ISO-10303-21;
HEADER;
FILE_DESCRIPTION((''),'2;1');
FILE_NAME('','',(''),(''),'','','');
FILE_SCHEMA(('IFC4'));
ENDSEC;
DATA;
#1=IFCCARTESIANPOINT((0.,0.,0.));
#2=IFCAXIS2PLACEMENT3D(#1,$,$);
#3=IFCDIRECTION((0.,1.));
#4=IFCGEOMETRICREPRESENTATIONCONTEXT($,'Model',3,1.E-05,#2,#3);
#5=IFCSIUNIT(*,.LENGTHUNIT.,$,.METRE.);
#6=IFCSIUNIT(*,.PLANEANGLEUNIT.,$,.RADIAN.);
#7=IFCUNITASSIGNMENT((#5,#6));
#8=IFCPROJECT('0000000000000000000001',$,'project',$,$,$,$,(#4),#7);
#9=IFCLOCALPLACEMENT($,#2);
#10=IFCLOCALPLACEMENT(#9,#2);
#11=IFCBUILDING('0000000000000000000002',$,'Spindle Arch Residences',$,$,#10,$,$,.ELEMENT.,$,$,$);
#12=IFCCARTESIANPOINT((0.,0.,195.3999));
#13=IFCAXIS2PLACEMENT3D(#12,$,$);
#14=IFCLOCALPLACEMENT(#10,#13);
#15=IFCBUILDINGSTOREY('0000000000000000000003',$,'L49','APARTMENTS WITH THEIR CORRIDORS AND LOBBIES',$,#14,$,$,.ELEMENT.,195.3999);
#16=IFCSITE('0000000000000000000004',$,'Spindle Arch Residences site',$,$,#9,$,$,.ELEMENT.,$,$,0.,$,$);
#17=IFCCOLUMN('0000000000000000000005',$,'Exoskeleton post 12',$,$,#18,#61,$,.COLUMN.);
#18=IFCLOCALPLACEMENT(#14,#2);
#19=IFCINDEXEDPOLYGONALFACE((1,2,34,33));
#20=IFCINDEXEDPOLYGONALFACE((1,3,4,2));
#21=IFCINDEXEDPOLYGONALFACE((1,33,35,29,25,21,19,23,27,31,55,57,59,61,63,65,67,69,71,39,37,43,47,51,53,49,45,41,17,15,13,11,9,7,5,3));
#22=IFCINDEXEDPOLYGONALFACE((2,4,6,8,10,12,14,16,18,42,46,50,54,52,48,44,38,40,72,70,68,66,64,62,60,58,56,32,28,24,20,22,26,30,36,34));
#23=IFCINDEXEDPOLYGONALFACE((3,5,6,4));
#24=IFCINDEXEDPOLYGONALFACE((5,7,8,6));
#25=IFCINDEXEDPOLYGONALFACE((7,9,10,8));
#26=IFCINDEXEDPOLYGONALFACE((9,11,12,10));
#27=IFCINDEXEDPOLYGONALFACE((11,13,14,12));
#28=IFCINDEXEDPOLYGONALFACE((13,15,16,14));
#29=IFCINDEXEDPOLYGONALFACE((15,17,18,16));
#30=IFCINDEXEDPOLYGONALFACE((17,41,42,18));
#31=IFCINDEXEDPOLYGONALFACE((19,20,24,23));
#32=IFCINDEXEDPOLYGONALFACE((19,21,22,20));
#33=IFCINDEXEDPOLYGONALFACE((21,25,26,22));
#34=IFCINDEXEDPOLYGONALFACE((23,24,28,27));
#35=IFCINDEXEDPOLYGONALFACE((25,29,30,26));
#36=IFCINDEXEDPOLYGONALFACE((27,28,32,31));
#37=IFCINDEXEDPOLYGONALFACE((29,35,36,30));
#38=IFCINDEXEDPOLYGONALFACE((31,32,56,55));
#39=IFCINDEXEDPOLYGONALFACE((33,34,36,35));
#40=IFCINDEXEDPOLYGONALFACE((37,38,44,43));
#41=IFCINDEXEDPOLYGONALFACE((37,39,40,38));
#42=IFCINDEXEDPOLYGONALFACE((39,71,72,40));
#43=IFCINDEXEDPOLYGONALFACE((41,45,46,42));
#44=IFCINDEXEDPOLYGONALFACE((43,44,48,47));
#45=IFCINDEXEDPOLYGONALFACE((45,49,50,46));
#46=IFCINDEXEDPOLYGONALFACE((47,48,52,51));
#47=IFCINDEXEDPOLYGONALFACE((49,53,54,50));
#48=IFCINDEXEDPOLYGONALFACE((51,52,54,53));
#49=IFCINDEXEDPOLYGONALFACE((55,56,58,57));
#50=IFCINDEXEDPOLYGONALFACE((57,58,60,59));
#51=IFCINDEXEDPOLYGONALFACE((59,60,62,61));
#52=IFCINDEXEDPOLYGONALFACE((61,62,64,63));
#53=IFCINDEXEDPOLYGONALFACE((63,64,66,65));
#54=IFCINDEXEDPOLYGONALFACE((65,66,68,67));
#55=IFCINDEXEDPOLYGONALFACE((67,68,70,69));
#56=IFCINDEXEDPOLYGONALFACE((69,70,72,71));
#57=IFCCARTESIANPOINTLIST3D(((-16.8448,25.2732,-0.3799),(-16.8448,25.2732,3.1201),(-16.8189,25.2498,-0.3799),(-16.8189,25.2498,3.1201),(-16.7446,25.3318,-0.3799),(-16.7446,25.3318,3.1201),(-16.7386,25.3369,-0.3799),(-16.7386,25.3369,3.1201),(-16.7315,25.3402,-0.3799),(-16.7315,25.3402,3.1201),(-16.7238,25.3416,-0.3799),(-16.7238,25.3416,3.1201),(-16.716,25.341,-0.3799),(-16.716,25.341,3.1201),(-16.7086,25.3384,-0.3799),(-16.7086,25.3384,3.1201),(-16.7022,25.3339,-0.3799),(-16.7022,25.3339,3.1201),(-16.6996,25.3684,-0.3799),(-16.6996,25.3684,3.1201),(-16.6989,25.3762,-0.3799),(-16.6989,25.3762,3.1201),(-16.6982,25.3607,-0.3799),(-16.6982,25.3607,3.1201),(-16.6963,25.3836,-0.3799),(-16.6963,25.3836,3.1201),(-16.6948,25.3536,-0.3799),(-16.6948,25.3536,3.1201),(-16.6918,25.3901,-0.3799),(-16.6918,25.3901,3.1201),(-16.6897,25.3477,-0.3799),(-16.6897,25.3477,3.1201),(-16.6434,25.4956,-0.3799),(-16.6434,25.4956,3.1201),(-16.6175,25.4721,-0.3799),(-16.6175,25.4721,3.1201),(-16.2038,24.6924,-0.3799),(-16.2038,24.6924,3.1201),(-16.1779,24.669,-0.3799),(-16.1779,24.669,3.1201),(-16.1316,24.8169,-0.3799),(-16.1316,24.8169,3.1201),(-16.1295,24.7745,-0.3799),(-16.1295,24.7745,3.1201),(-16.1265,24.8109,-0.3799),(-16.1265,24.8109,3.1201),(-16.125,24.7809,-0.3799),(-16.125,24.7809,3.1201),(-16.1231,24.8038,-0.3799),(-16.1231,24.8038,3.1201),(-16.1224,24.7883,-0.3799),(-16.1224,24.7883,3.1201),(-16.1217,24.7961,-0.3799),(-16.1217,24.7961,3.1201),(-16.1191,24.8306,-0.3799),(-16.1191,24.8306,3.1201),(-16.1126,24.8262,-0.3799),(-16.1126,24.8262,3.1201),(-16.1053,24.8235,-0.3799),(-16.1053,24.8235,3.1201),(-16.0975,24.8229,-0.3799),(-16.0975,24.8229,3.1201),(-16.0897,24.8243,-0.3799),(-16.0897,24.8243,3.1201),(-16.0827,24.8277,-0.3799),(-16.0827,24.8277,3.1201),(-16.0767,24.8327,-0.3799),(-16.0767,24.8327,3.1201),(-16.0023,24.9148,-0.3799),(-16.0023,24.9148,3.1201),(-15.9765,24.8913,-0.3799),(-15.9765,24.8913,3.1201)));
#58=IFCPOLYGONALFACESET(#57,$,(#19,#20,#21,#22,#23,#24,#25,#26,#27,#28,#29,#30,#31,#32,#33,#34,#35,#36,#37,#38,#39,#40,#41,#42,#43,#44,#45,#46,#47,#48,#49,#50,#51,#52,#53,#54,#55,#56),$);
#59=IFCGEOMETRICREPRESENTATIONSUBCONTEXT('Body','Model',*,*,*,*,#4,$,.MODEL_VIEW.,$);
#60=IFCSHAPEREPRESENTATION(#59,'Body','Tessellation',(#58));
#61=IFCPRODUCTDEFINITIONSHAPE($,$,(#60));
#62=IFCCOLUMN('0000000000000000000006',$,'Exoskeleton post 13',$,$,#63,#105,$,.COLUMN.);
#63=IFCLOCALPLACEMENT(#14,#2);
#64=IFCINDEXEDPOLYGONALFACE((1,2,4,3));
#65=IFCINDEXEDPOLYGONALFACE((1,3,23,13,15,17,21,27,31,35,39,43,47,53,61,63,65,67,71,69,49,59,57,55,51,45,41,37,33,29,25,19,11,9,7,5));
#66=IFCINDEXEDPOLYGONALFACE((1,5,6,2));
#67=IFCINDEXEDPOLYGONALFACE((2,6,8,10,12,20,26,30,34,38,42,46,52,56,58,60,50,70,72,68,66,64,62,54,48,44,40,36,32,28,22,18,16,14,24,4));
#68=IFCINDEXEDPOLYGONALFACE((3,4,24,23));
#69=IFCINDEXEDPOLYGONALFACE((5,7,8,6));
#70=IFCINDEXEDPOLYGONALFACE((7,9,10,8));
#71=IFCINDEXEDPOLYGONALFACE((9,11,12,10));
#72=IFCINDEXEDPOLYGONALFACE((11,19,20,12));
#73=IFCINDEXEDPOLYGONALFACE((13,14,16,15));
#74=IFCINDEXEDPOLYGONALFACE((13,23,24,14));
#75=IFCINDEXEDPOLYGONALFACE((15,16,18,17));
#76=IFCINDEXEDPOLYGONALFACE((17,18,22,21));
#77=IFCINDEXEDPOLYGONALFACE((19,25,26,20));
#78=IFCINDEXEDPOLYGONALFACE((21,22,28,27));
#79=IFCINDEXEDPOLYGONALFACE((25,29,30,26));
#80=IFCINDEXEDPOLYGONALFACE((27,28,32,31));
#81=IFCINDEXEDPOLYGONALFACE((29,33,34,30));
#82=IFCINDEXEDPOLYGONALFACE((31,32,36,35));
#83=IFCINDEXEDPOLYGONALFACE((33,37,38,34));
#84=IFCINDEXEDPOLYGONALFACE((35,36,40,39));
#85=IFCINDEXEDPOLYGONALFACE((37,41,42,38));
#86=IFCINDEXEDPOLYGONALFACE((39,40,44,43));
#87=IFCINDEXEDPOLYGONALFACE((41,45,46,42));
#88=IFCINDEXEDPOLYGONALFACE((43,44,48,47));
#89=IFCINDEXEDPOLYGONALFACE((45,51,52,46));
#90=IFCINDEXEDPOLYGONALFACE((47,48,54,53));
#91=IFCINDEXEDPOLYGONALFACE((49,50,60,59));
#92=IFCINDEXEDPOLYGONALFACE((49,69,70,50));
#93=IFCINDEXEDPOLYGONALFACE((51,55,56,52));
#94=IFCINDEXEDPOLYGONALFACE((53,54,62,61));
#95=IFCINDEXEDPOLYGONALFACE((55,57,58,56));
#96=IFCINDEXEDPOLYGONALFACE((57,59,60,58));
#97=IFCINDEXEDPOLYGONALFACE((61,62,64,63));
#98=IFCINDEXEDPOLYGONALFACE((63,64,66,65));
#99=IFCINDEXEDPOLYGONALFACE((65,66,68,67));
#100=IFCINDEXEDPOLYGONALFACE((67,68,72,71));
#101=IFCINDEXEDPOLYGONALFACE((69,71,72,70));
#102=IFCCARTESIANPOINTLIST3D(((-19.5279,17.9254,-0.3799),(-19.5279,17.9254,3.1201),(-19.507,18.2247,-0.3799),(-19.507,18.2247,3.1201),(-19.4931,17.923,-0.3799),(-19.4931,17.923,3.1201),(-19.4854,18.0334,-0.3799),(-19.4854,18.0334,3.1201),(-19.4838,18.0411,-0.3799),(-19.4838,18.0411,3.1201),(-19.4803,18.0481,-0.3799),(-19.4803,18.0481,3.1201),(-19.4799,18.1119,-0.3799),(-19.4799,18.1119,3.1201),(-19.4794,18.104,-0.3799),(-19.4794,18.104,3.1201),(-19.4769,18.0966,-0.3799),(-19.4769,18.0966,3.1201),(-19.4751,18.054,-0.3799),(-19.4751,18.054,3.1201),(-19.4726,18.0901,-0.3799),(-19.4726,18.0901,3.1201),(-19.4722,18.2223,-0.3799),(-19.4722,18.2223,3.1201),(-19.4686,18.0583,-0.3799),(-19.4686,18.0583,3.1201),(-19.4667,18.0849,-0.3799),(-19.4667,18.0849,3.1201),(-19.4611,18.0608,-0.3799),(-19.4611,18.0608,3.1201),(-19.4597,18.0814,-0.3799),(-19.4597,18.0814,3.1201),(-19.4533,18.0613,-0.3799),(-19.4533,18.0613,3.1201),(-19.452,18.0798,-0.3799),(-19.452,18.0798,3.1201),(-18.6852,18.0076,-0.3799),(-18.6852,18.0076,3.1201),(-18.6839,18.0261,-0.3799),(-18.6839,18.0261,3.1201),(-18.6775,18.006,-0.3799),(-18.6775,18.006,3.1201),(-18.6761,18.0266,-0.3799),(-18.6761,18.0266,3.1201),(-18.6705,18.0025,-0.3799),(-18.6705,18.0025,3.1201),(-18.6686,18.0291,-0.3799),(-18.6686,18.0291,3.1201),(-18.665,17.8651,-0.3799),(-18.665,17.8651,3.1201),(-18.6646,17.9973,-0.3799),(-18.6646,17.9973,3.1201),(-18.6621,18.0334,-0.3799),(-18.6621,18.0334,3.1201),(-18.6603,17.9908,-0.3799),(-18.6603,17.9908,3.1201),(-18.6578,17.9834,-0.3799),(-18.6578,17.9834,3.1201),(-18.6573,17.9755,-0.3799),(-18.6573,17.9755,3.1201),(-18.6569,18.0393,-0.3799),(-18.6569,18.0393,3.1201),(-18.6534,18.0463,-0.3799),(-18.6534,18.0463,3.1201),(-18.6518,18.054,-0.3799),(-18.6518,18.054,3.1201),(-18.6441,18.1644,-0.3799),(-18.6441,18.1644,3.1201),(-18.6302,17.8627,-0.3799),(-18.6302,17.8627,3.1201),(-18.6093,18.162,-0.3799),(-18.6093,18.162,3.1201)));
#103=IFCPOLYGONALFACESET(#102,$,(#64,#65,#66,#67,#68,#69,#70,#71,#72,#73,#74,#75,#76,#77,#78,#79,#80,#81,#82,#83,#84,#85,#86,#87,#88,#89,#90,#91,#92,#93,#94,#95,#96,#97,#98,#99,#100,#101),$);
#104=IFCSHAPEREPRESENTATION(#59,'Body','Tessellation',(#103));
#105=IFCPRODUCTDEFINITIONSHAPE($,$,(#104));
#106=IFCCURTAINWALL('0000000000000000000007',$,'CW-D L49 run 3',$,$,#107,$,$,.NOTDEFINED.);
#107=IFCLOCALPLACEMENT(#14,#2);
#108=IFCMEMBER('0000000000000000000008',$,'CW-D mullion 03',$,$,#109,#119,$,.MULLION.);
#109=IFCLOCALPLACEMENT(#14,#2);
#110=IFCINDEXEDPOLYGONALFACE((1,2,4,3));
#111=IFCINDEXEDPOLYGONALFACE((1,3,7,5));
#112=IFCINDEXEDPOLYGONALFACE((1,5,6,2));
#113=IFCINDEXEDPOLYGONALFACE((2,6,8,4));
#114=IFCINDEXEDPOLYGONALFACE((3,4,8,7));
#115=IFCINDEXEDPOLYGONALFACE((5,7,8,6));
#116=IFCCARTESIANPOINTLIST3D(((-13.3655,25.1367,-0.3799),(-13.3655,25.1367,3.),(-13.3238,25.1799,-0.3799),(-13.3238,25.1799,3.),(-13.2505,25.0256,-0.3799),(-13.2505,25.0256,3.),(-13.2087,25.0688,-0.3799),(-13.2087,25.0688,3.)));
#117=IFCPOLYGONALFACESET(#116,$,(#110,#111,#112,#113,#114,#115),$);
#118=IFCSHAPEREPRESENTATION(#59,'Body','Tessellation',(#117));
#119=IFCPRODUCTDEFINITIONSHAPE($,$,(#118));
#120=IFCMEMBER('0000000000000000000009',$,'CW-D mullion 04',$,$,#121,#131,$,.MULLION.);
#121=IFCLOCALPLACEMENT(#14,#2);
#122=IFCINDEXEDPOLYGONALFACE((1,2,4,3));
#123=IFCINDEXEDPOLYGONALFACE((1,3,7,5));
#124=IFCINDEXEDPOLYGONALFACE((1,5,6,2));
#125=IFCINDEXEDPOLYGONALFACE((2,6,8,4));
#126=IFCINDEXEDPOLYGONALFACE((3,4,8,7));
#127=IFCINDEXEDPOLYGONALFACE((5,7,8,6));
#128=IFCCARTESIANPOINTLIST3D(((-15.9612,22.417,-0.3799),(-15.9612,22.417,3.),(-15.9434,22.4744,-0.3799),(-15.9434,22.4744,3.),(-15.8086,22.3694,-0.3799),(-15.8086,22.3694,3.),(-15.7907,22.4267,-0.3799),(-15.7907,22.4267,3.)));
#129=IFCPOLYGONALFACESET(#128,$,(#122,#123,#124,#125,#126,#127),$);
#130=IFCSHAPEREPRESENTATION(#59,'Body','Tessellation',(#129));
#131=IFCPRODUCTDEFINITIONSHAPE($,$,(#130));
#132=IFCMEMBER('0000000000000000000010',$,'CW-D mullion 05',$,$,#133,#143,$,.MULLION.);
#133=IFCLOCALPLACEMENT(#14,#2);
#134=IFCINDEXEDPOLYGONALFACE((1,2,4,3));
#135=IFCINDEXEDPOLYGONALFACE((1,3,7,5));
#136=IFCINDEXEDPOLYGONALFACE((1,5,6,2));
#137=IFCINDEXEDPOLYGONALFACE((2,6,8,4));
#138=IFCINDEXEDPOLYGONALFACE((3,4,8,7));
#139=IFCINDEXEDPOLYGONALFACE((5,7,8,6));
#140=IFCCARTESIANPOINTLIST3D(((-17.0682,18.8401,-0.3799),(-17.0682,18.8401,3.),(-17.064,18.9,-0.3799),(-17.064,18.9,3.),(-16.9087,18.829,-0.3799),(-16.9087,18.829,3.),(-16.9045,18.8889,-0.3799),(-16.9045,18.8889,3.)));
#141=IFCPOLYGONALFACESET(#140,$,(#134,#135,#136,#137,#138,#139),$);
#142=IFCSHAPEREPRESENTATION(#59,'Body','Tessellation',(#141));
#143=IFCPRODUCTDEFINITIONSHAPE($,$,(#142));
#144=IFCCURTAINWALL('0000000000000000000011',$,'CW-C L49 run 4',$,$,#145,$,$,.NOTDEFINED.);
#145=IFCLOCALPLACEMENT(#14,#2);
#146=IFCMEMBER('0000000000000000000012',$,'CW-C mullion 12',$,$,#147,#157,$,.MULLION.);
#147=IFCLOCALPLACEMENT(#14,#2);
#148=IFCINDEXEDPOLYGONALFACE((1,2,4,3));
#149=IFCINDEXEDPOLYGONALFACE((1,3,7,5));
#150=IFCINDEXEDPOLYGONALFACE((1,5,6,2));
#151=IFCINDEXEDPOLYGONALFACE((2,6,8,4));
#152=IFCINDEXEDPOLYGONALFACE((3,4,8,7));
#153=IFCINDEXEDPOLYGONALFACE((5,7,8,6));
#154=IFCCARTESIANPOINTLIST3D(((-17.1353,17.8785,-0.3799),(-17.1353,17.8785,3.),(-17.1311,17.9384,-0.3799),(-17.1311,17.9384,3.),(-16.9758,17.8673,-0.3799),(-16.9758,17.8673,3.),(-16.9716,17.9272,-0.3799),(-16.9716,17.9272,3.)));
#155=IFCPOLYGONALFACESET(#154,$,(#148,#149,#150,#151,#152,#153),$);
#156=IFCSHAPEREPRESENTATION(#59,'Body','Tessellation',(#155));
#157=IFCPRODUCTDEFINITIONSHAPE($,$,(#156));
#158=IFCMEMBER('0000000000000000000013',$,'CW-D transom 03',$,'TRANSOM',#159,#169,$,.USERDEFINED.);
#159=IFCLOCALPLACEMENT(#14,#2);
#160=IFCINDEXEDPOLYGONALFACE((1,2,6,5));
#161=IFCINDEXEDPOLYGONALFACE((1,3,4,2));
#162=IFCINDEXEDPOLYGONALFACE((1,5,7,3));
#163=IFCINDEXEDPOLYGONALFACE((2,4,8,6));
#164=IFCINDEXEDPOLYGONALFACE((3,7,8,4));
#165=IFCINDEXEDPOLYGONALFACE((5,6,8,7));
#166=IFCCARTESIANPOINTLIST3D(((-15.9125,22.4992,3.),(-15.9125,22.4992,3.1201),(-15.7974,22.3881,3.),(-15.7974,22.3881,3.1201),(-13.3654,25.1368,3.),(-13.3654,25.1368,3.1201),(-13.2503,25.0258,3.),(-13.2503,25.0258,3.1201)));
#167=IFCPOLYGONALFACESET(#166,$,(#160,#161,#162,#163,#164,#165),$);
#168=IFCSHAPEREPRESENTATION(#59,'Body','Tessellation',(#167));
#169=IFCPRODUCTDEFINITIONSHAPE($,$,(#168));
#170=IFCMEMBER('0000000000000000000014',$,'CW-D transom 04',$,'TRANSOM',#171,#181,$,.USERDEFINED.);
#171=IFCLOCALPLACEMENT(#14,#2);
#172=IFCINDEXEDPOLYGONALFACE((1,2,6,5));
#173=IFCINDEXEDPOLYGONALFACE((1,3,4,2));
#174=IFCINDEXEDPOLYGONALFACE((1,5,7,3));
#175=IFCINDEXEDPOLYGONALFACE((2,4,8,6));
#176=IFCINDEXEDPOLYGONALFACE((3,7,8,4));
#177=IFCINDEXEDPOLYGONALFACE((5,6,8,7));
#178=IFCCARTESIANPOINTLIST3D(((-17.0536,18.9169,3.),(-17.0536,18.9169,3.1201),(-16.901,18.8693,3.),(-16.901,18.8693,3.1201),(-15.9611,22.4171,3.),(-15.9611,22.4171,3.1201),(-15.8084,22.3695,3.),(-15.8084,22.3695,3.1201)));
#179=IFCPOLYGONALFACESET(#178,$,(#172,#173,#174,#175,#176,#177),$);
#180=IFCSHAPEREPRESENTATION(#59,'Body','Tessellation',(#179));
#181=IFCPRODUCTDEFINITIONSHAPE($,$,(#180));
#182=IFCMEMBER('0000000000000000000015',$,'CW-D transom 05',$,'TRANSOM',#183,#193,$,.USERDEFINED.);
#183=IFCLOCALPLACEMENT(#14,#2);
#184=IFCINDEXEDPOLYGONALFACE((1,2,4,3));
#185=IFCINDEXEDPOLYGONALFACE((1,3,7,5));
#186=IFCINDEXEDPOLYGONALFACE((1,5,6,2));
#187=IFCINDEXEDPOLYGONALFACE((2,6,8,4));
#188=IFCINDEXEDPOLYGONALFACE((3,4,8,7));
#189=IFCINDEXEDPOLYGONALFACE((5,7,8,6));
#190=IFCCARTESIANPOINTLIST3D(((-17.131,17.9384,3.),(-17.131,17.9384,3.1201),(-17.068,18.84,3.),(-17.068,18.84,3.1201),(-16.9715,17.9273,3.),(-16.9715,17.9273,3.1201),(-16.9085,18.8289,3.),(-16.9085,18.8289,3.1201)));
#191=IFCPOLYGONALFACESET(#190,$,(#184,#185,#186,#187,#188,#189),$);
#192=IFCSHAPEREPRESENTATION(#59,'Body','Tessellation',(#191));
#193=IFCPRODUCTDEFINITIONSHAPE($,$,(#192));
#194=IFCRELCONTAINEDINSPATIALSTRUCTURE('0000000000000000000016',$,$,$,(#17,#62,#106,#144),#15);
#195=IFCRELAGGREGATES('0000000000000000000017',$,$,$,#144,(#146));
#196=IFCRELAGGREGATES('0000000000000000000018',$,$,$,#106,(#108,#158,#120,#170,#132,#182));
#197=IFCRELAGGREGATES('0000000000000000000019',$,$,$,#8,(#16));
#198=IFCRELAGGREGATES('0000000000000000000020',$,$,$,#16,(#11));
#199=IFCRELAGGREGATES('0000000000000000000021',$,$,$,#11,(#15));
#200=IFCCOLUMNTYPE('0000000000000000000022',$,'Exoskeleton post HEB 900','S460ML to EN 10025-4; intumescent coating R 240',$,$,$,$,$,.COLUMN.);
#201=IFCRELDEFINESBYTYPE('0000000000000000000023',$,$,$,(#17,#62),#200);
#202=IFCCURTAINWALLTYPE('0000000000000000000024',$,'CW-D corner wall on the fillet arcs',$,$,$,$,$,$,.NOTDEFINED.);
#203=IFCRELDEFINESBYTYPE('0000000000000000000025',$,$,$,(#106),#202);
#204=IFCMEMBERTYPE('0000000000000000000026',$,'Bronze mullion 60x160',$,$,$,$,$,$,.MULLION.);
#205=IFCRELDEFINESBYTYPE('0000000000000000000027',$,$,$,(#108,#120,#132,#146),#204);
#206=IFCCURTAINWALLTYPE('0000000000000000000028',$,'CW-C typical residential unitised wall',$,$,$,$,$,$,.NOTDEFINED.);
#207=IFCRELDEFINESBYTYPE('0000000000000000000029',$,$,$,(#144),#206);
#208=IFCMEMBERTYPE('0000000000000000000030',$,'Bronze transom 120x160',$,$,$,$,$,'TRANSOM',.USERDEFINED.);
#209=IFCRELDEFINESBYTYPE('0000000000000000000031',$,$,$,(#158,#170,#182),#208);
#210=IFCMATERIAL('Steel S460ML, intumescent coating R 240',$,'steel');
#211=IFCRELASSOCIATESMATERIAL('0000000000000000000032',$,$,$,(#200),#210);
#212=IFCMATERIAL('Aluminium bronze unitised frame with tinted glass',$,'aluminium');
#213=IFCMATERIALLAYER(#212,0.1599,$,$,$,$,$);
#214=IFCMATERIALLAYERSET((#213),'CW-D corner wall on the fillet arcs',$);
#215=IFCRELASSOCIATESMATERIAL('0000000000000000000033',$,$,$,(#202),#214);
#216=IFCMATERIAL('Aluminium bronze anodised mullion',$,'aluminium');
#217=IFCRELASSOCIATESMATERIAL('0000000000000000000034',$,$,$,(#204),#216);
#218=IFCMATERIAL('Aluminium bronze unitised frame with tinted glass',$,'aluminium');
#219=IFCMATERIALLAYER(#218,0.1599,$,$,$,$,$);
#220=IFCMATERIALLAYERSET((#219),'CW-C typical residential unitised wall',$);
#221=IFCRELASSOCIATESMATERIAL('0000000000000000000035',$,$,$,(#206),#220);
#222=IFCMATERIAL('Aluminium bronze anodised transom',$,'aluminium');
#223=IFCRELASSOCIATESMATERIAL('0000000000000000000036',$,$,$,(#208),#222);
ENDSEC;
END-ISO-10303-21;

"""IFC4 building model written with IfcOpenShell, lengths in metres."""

from ifc_helpers import new_model, si_unit, direction, frame, origin, origin_2d, place, context, subcontext, project, spatial, rectangle, i_section, extrude, material, layer, layer_set, material_profile, profile_set, type_object, element, aggregate, save


model = new_model("IFC4")

# Units and contexts
model_context = context("Model", 3, precision=1e-05, world=origin(), true_north=direction((0.0, 1.0)))
body_context = subcontext(model_context, "Body", "Model", "MODEL_VIEW")
ifc_project = project(units=[si_unit("LENGTHUNIT", "METRE"), si_unit("PLANEANGLEUNIT", "RADIAN")], contexts=[model_context])

# Site, building, storey
site_placement = place(None, origin())
site = spatial("IfcSite", under=ifc_project, at=site_placement, Name="Spindle Arch Residences site", CompositionType="ELEMENT", RefElevation=0.0)
building_placement = place(site_placement, origin())
building = spatial("IfcBuilding", under=site, at=building_placement, Name="Spindle Arch Residences", CompositionType="ELEMENT")
storey_placement = place(building_placement, frame((0.0, 0.0, 195.3999)))
storey = spatial("IfcBuildingStorey", under=building, at=storey_placement, Name="L49", Description="APARTMENTS WITH THEIR CORRIDORS AND LOBBIES", CompositionType="ELEMENT", Elevation=195.3999)

# Columns
ifc_material_1 = material(Name="Steel S460ML, intumescent coating R 240", Category="steel")
ifc_material_profile_1 = material_profile(ifc_material_1, i_section(OverallWidth=0.3, OverallDepth=0.8999, WebThickness=0.0186, FlangeThickness=0.0349, FilletRadius=0.03, at=origin_2d()), Name="HEB 900")
ifc_profile_set_1 = profile_set([ifc_material_profile_1], Name="Steel S460ML, intumescent coating R 240")
column_type = type_object("IfcColumnType", Name="Exoskeleton post HEB 900", Description="S460ML to EN 10025-4; intumescent coating R 240", PredefinedType="COLUMN", material=ifc_profile_set_1)
for number, where, z_axis, x_axis, name in (
    (1, (-16.4106, 25.0823, -0.3799), (0.0, 0.0, 1.0), (0.671428, 0.74107, 0.0), "Exoskeleton post 12"),
    (2, (-19.0686, 18.0437, -0.3799), (0.0, 0.0, 1.0), (0.069756, 0.997564, 0.0), "Exoskeleton post 13"),
):
    element("IfcColumn", number, at=place(storey_placement, frame(where, z_axis=z_axis, x_axis=x_axis)), inside=storey, type_object=column_type, Name=name, PredefinedType="COLUMN", context=body_context, shape_type="SweptSolid", body=[
        extrude(i_section(OverallWidth=0.3, OverallDepth=0.8999, WebThickness=0.0186, FlangeThickness=0.0349, FilletRadius=0.03, at=origin_2d()), origin(), (0.0, 0.0, 1.0), 3.5),
    ])

# Curtain wall, members
ifc_material_2 = material(Name="Aluminium bronze unitised frame with tinted glass", Category="aluminium")
ifc_layer_1 = layer(ifc_material_2, 0.1599)
ifc_layer_set_1 = layer_set([ifc_layer_1], Name="CW-D corner wall on the fillet arcs")
curtain_wall_type_1 = type_object("IfcCurtainWallType", Name="CW-D corner wall on the fillet arcs", PredefinedType="NOTDEFINED", material=ifc_layer_set_1)
curtain_wall_1_placement = place(storey_placement, origin())
curtain_wall_1 = element("IfcCurtainWall", 3, at=curtain_wall_1_placement, inside=storey, type_object=curtain_wall_type_1, Name="CW-D L49 run 3", PredefinedType="NOTDEFINED")
ifc_material_3 = material(Name="Aluminium bronze anodised mullion", Category="aluminium")
ifc_material_profile_2 = material_profile(ifc_material_3, rectangle(XDim=0.1599, YDim=0.0601, at=origin_2d()), Name="MU 60x160")
ifc_profile_set_2 = profile_set([ifc_material_profile_2], Name="Aluminium bronze anodised mullion")
member_type_1 = type_object("IfcMemberType", Name="Bronze mullion 60x160", PredefinedType="MULLION", material=ifc_profile_set_2)
member_1_placement = place(storey_placement, frame((-13.2871, 25.1028, -0.3799), z_axis=(0.0, 0.0, 1.0), x_axis=(0.71934, -0.694658, 0.0)))
member_1 = element("IfcMember", 4, at=member_1_placement, type_object=member_type_1, Name="CW-D mullion 03", PredefinedType="MULLION", context=body_context, shape_type="SweptSolid", body=[
    extrude(rectangle(XDim=0.1599, YDim=0.0601, at=origin_2d()), origin(), (0.0, 0.0, 1.0), 3.3799),
])
member_2_placement = place(storey_placement, frame((-15.876, 22.4219, -0.3799), z_axis=(0.0, 0.0, 1.0), x_axis=(0.954588, -0.29793, 0.0)))
member_2 = element("IfcMember", 5, at=member_2_placement, type_object=member_type_1, Name="CW-D mullion 04", PredefinedType="MULLION", context=body_context, shape_type="SweptSolid", body=[
    extrude(rectangle(XDim=0.1599, YDim=0.0601, at=origin_2d()), origin(), (0.0, 0.0, 1.0), 3.3799),
])
member_3_placement = place(storey_placement, frame((-16.9863, 18.8645, -0.3799), z_axis=(0.0, 0.0, 1.0), x_axis=(0.997564, -0.069756, 0.0)))
member_3 = element("IfcMember", 6, at=member_3_placement, type_object=member_type_1, Name="CW-D mullion 05", PredefinedType="MULLION", context=body_context, shape_type="SweptSolid", body=[
    extrude(rectangle(XDim=0.1599, YDim=0.0601, at=origin_2d()), origin(), (0.0, 0.0, 1.0), 3.3799),
])

# Curtain wall, member
ifc_material_4 = material(Name="Aluminium bronze unitised frame with tinted glass", Category="aluminium")
ifc_layer_2 = layer(ifc_material_4, 0.1599)
ifc_layer_set_2 = layer_set([ifc_layer_2], Name="CW-C typical residential unitised wall")
curtain_wall_type_2 = type_object("IfcCurtainWallType", Name="CW-C typical residential unitised wall", PredefinedType="NOTDEFINED", material=ifc_layer_set_2)
curtain_wall_2_placement = place(storey_placement, origin())
curtain_wall_2 = element("IfcCurtainWall", 7, at=curtain_wall_2_placement, inside=storey, type_object=curtain_wall_type_2, Name="CW-C L49 run 4", PredefinedType="NOTDEFINED")
member_4_placement = place(storey_placement, frame((-17.0535, 17.9028, -0.3799), z_axis=(0.0, 0.0, 1.0), x_axis=(0.997564, -0.069756, 0.0)))
member_4 = element("IfcMember", 8, at=member_4_placement, type_object=member_type_1, Name="CW-C mullion 12", PredefinedType="MULLION", context=body_context, shape_type="SweptSolid", body=[
    extrude(rectangle(XDim=0.1599, YDim=0.0601, at=origin_2d()), origin(), (0.0, 0.0, 1.0), 3.3799),
])

# Members
ifc_material_5 = material(Name="Aluminium bronze anodised transom", Category="aluminium")
ifc_material_profile_3 = material_profile(ifc_material_5, rectangle(XDim=0.1599, YDim=0.1201, at=origin_2d()), Name="TR 120x160")
ifc_profile_set_3 = profile_set([ifc_material_profile_3], Name="Aluminium bronze anodised transom")
member_type_2 = type_object("IfcMemberType", Name="Bronze transom 120x160", ElementType="TRANSOM", PredefinedType="USERDEFINED", material=ifc_profile_set_3)
member_5_placement = place(storey_placement, frame((-13.3079, 25.0813, 3.0601), z_axis=(-0.694648, -0.71935, 0.0), x_axis=(0.71935, -0.694648, 0.0)))
member_5 = element("IfcMember", 9, at=member_5_placement, type_object=member_type_2, Name="CW-D transom 03", ObjectType="TRANSOM", PredefinedType="USERDEFINED", context=body_context, shape_type="SweptSolid", body=[
    extrude(rectangle(XDim=0.1599, YDim=0.1201, at=origin_2d()), origin(), (0.0, 0.0, 1.0), 3.6667),
])
member_6_placement = place(storey_placement, frame((-15.8848, 22.3933, 3.0601), z_axis=(-0.297953, -0.954581, 0.0), x_axis=(0.954581, -0.297953, 0.0)))
member_6 = element("IfcMember", 10, at=member_6_placement, type_object=member_type_2, Name="CW-D transom 04", ObjectType="TRANSOM", PredefinedType="USERDEFINED", context=body_context, shape_type="SweptSolid", body=[
    extrude(rectangle(XDim=0.1599, YDim=0.1201, at=origin_2d()), origin(), (0.0, 0.0, 1.0), 3.6667),
])
member_7_placement = place(storey_placement, frame((-16.9883, 18.8345, 3.0601), z_axis=(-0.069692, -0.997569, 0.0), x_axis=(0.997569, -0.069692, 0.0)))
member_7 = element("IfcMember", 11, at=member_7_placement, type_object=member_type_2, Name="CW-D transom 05", ObjectType="TRANSOM", PredefinedType="USERDEFINED", context=body_context, shape_type="SweptSolid", body=[
    extrude(rectangle(XDim=0.1599, YDim=0.1201, at=origin_2d()), origin(), (0.0, 0.0, 1.0), 0.9038),
])
aggregate(curtain_wall_2, [member_4])

aggregate(curtain_wall_1, [member_1, member_5, member_2, member_6, member_3, member_7])

save(model, "model.ifc")
